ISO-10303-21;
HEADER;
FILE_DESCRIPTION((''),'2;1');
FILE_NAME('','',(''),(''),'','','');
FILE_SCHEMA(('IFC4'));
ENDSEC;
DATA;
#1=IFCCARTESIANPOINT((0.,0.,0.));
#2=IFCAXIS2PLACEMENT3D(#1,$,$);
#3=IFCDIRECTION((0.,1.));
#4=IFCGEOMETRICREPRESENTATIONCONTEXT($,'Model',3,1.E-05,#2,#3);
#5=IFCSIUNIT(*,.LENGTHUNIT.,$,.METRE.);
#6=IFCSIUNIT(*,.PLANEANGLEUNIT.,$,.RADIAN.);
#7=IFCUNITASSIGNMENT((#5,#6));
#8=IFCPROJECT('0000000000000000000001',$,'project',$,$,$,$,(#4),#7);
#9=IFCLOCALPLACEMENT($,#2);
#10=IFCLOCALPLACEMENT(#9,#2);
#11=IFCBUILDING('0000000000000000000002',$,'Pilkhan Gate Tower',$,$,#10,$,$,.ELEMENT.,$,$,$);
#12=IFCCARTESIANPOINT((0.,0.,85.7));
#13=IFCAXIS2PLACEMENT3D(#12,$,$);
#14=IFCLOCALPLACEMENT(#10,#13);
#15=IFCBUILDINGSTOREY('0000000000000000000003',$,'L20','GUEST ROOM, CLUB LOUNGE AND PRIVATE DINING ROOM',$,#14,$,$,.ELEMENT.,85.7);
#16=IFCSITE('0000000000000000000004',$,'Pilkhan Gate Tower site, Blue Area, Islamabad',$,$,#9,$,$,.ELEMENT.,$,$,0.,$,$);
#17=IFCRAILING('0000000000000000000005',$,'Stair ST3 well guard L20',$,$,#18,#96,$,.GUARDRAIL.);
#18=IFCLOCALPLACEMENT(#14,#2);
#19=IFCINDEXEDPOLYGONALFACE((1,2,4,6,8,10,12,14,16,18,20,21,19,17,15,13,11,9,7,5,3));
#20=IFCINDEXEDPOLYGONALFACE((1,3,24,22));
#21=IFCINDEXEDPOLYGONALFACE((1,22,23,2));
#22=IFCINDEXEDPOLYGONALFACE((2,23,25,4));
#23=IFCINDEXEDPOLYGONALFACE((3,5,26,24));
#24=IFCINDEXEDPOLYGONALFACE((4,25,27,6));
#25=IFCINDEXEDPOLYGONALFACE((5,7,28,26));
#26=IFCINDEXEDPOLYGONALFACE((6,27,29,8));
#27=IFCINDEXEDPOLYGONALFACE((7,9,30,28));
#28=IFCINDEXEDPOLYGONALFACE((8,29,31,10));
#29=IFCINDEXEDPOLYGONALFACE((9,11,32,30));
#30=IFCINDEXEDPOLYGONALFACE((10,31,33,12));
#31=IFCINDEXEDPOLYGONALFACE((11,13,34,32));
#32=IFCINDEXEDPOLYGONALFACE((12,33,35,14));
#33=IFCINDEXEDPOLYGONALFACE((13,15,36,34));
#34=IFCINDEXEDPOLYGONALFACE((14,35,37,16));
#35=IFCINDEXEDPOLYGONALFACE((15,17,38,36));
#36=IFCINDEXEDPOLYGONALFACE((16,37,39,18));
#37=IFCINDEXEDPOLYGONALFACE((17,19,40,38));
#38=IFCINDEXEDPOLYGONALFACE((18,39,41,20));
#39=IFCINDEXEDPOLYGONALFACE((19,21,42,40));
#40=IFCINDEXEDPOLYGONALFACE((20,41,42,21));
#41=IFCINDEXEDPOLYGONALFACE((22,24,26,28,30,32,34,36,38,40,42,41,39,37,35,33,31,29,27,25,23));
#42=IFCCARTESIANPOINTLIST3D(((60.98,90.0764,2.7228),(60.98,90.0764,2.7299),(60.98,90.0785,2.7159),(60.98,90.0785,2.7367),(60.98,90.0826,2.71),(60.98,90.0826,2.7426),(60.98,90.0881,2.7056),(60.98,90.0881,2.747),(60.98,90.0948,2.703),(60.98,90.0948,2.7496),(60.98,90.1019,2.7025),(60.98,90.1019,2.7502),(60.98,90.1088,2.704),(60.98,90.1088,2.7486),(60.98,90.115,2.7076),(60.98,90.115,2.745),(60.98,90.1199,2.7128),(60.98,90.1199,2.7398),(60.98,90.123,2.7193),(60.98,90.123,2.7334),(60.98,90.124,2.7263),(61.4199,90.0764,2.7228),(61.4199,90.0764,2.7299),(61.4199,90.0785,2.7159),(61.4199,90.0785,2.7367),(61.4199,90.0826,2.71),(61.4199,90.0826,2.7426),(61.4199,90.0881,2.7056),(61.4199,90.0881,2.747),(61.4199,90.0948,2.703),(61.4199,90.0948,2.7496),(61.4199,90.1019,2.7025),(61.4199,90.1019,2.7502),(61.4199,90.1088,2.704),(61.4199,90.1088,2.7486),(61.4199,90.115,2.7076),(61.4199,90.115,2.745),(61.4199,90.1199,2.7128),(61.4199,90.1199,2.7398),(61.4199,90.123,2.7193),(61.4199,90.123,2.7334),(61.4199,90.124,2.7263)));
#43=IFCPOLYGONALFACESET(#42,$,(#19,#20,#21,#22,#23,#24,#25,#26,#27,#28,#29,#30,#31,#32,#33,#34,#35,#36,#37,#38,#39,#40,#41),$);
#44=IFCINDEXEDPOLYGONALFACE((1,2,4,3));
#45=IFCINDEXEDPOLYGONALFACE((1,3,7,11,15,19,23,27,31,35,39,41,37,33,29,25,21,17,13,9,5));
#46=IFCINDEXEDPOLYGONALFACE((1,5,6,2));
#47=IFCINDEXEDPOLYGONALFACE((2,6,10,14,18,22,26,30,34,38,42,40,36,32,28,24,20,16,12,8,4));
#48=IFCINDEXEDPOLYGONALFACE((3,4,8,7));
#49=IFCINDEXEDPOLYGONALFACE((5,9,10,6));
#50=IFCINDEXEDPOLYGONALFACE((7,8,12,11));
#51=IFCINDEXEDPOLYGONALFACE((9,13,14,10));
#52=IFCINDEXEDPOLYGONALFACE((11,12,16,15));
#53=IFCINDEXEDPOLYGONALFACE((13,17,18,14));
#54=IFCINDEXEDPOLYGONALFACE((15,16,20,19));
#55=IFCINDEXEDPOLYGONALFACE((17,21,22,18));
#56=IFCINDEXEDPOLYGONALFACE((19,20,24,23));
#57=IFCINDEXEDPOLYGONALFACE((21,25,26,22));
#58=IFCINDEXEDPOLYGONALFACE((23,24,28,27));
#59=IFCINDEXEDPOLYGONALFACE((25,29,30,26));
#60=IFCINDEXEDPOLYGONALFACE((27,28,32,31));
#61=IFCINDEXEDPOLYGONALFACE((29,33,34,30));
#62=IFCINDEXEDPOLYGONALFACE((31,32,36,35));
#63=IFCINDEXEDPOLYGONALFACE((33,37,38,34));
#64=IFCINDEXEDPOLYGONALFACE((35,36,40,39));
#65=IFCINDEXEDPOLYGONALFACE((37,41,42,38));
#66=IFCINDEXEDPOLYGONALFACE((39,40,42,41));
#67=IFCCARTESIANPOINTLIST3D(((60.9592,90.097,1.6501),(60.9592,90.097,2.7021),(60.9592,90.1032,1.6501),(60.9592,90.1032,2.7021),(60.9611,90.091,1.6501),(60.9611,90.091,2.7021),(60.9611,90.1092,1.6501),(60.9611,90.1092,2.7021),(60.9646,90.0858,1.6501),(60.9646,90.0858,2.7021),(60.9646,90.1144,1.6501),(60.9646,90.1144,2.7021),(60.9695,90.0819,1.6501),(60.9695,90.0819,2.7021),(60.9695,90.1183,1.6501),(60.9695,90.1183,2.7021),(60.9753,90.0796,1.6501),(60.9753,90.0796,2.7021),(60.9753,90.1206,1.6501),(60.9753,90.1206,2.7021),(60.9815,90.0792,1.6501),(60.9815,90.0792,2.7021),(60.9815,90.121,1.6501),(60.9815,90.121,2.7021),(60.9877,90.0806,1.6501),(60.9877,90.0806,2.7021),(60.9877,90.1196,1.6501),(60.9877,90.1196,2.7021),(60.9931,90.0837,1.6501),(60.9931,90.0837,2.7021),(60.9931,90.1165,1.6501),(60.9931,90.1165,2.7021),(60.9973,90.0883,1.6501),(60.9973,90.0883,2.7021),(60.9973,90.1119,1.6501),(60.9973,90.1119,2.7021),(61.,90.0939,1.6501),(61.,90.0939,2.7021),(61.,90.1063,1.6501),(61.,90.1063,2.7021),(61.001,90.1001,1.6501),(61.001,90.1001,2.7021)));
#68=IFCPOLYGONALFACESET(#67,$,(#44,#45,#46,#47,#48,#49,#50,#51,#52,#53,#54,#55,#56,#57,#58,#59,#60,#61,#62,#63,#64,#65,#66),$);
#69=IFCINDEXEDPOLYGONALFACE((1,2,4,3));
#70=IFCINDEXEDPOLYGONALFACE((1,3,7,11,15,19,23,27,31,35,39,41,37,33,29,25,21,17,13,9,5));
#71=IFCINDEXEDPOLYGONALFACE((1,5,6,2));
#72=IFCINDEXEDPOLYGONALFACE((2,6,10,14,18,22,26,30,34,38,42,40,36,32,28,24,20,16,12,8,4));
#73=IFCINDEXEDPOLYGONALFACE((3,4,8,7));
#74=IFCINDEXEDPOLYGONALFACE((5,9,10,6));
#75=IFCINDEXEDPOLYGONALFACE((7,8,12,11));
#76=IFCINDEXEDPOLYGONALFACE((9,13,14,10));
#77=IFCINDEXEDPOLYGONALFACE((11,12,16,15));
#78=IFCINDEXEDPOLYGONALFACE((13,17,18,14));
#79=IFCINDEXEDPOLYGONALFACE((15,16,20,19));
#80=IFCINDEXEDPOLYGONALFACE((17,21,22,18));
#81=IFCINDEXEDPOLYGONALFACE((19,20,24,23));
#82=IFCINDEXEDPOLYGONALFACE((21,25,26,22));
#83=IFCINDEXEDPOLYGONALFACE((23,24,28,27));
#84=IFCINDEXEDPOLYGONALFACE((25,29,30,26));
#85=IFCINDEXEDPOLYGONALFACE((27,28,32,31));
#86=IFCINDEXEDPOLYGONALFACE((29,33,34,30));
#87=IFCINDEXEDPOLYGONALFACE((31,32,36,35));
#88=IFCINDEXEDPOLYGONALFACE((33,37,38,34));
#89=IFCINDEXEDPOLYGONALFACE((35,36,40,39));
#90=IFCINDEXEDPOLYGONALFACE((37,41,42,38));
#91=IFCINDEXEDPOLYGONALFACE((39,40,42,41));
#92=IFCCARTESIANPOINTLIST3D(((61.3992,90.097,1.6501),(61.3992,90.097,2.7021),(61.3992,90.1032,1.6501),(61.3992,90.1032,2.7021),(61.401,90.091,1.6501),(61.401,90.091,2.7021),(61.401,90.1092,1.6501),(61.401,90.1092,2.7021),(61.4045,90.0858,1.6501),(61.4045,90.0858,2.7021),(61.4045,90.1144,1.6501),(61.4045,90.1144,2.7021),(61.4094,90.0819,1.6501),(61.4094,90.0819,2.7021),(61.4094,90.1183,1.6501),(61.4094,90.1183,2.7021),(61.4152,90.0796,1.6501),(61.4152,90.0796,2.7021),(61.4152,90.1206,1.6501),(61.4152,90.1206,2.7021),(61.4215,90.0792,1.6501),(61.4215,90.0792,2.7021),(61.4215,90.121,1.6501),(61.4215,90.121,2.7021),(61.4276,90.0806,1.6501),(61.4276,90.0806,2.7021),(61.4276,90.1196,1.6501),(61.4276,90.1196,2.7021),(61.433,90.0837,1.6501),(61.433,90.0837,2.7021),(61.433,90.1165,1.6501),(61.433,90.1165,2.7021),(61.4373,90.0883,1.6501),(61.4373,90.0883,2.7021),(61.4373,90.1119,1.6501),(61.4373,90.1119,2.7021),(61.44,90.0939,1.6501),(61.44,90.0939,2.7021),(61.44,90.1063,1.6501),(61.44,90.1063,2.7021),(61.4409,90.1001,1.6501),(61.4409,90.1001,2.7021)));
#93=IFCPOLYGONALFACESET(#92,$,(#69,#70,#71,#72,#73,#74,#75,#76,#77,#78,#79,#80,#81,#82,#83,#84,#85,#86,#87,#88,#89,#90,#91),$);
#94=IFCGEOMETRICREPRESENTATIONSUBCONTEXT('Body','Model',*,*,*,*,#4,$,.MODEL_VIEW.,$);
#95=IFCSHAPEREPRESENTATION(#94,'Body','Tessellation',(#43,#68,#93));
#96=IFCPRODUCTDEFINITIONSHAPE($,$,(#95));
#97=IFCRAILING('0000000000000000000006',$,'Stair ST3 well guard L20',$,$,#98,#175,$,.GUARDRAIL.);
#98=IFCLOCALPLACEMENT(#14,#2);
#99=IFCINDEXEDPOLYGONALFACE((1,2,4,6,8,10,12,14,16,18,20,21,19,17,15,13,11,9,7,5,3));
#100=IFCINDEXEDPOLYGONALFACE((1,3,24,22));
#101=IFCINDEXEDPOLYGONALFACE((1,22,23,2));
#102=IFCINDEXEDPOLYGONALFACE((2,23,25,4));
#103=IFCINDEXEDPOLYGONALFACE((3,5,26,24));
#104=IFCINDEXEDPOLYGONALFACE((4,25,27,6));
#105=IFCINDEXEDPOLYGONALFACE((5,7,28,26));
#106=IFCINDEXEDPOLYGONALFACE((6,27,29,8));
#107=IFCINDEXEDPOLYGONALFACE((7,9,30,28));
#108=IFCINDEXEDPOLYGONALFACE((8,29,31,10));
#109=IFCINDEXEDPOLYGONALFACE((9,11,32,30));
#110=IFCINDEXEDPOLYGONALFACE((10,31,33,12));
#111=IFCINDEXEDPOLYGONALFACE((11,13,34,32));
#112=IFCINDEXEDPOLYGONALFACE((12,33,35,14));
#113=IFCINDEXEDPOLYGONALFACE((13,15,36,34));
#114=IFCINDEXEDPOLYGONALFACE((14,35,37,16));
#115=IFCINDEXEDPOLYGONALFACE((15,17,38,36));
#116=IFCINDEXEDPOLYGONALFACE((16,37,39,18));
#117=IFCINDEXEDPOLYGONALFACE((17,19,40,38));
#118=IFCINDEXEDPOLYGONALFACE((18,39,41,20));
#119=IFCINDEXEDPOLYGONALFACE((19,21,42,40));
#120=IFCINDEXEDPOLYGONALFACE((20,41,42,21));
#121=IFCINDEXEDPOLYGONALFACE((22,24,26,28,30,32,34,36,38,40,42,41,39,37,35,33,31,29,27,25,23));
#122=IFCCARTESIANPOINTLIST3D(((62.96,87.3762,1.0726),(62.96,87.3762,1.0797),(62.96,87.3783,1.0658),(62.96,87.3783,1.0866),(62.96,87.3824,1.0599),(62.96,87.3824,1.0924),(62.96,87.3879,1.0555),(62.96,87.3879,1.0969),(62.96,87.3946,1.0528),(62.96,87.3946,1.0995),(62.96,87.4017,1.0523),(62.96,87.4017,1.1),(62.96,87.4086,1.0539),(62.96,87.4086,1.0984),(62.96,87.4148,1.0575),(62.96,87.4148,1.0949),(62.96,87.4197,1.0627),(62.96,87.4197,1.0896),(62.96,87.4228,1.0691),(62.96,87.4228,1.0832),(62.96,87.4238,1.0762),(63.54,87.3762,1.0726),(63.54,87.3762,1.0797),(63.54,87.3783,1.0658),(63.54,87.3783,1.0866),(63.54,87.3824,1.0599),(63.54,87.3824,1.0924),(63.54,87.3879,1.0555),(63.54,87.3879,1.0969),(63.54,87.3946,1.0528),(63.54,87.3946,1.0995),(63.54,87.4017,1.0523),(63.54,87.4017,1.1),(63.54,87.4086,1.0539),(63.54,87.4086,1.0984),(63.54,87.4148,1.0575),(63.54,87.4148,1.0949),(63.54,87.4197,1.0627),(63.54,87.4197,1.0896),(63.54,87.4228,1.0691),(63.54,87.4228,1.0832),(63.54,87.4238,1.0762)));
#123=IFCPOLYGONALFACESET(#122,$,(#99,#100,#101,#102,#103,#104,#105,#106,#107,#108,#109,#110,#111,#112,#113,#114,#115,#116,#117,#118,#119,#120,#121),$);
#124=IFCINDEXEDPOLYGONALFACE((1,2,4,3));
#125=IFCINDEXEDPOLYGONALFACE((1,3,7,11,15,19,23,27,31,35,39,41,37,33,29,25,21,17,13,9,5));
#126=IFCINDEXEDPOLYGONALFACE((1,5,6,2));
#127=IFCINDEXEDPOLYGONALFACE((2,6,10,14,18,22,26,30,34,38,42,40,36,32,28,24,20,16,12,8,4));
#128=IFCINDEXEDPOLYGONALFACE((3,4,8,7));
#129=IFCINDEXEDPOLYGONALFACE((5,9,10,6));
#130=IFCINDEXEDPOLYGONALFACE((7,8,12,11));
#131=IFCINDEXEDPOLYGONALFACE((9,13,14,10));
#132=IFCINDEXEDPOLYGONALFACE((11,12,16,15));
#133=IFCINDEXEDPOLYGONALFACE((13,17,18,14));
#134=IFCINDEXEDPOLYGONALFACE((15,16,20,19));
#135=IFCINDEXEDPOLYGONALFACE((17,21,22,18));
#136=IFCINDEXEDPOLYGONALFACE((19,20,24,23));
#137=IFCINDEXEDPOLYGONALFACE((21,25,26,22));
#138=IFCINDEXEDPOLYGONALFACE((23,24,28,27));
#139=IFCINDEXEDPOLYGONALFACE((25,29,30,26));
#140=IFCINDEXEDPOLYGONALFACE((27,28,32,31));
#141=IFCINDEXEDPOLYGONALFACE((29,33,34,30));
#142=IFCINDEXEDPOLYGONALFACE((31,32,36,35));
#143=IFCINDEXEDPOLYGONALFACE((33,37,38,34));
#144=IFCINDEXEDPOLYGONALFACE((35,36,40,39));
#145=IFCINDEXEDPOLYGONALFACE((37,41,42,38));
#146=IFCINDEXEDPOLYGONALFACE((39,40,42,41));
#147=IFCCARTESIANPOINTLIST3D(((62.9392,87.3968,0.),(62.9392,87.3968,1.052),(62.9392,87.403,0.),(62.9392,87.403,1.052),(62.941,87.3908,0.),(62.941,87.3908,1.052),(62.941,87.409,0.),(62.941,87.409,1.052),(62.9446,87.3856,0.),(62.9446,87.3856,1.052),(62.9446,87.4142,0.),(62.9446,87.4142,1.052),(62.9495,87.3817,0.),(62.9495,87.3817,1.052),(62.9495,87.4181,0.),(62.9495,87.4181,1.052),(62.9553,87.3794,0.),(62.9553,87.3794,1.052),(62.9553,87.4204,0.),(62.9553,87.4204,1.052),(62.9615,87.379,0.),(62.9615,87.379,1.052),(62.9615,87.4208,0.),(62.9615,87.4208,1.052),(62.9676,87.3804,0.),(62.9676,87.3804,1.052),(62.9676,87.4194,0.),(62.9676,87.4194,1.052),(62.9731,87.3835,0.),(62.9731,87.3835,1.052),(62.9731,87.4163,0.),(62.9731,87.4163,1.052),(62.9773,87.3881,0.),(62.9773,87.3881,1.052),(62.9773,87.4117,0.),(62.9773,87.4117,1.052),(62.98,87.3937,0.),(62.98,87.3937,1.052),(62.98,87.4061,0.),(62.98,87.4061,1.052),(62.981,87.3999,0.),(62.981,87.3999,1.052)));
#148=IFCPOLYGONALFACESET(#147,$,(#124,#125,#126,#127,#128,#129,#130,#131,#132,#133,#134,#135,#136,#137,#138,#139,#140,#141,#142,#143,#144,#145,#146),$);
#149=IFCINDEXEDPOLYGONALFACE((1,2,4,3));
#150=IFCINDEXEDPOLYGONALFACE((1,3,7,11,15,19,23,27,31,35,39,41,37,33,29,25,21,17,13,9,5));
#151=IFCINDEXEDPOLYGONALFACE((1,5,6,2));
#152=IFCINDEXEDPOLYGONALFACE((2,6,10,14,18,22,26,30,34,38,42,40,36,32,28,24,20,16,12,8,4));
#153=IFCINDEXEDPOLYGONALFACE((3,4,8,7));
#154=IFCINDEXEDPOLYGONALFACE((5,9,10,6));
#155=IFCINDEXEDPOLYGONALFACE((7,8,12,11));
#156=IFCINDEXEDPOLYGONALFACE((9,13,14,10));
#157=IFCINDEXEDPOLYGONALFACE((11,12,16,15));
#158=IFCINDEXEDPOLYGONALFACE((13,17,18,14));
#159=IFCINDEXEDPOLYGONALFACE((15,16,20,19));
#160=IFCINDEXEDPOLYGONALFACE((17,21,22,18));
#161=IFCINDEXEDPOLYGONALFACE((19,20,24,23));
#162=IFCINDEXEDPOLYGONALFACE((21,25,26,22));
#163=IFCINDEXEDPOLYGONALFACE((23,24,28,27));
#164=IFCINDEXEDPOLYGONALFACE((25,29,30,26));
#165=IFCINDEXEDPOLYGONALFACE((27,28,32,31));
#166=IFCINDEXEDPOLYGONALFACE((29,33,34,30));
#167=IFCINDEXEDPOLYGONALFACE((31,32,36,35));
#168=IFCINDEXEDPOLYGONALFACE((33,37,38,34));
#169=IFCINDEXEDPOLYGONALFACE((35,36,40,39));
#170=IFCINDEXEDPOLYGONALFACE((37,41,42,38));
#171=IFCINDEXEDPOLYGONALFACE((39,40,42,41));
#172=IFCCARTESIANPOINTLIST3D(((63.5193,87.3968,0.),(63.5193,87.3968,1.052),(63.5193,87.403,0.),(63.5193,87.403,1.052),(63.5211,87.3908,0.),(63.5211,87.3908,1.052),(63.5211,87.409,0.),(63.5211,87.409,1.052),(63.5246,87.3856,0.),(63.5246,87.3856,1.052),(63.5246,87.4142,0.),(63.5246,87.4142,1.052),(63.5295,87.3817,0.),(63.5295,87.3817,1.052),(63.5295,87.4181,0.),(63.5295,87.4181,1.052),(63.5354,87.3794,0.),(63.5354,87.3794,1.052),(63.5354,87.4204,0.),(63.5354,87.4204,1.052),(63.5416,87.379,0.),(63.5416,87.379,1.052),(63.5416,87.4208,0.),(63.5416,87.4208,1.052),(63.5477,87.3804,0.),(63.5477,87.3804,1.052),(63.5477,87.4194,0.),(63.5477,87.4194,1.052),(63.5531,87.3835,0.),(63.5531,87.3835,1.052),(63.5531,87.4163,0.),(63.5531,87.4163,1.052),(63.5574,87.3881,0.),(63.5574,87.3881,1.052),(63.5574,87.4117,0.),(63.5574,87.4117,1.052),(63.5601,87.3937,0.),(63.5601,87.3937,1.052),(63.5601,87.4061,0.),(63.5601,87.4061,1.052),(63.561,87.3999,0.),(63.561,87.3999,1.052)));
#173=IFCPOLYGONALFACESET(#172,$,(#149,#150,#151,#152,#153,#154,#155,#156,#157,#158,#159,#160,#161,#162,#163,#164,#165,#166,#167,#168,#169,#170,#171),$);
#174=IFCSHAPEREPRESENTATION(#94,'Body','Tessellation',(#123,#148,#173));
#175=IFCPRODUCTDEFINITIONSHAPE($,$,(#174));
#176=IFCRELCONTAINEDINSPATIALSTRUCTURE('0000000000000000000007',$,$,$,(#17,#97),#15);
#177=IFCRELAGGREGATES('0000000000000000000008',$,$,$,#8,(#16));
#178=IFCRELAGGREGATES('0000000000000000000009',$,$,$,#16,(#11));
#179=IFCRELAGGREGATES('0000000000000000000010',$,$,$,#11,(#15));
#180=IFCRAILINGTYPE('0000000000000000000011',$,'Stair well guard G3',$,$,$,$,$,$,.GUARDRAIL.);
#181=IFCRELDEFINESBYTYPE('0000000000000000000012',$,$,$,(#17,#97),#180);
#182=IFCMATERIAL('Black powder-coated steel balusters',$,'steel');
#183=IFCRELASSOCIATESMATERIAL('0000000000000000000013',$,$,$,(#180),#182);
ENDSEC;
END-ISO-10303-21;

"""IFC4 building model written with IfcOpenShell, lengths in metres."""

from ifc_helpers import new_model, si_unit, direction, frame, origin, origin_2d, place, context, subcontext, project, spatial, circle, extrude, material, type_object, element, save


model = new_model("IFC4")

# Units and contexts
model_context = context("Model", 3, precision=1e-05, world=origin(), true_north=direction((0.0, 1.0)))
body_context = subcontext(model_context, "Body", "Model", "MODEL_VIEW")
ifc_project = project(units=[si_unit("LENGTHUNIT", "METRE"), si_unit("PLANEANGLEUNIT", "RADIAN")], contexts=[model_context])

# Site, building, storey
site_placement = place(None, origin())
site = spatial("IfcSite", under=ifc_project, at=site_placement, Name="Pilkhan Gate Tower site, Blue Area, Islamabad", CompositionType="ELEMENT", RefElevation=0.0)
building_placement = place(site_placement, origin())
building = spatial("IfcBuilding", under=site, at=building_placement, Name="Pilkhan Gate Tower", CompositionType="ELEMENT")
storey_placement = place(building_placement, frame((0.0, 0.0, 85.7)))
storey = spatial("IfcBuildingStorey", under=building, at=storey_placement, Name="L20", Description="GUEST ROOM, CLUB LOUNGE AND PRIVATE DINING ROOM", CompositionType="ELEMENT", Elevation=85.7)

# Railings
ifc_material_1 = material(Name="Black powder-coated steel balusters", Category="steel")
railing_type_1 = type_object("IfcRailingType", Name="Stair well guard G3", PredefinedType="GUARDRAIL", material=ifc_material_1)
railing_1_placement = place(storey_placement, frame((60.98, 90.1001, 1.6501)))
element("IfcRailing", 1, at=railing_1_placement, inside=storey, type_object=railing_type_1, Name="Stair ST3 well guard L20", PredefinedType="GUARDRAIL", context=body_context, shape_type="SweptSolid", body=[
    extrude(circle(Radius=0.0239, at=origin_2d()), frame((0.0, 0.0, 1.0762), z_axis=(1.0, 0.0, 0.0), x_axis=(0.0, 1.0, 0.0)), (0.0, 0.0, 1.0), 0.4399),
    extrude(circle(Radius=0.021, at=origin_2d()), origin(), (0.0, 0.0, 1.0), 1.052),
    extrude(circle(Radius=0.021, at=origin_2d()), frame((0.4399, 0.0, 0.0)), (0.0, 0.0, 1.0), 1.052),
])
for number, where, name in (
    (2, (62.96, 87.3999, 0.0), "Stair ST3 well guard L20"),
):
    element("IfcRailing", number, at=place(storey_placement, frame(where)), inside=storey, type_object=railing_type_1, Name=name, PredefinedType="GUARDRAIL", context=body_context, shape_type="SweptSolid", body=[
        extrude(circle(Radius=0.0239, at=origin_2d()), frame((0.0, 0.0, 1.0762), z_axis=(1.0, 0.0, 0.0), x_axis=(0.0, 1.0, 0.0)), (0.0, 0.0, 1.0), 0.5801),
        extrude(circle(Radius=0.021, at=origin_2d()), origin(), (0.0, 0.0, 1.0), 1.052),
        extrude(circle(Radius=0.021, at=origin_2d()), frame((0.5801, 0.0, 0.0)), (0.0, 0.0, 1.0), 1.052),
    ])

save(model, "model.ifc")
